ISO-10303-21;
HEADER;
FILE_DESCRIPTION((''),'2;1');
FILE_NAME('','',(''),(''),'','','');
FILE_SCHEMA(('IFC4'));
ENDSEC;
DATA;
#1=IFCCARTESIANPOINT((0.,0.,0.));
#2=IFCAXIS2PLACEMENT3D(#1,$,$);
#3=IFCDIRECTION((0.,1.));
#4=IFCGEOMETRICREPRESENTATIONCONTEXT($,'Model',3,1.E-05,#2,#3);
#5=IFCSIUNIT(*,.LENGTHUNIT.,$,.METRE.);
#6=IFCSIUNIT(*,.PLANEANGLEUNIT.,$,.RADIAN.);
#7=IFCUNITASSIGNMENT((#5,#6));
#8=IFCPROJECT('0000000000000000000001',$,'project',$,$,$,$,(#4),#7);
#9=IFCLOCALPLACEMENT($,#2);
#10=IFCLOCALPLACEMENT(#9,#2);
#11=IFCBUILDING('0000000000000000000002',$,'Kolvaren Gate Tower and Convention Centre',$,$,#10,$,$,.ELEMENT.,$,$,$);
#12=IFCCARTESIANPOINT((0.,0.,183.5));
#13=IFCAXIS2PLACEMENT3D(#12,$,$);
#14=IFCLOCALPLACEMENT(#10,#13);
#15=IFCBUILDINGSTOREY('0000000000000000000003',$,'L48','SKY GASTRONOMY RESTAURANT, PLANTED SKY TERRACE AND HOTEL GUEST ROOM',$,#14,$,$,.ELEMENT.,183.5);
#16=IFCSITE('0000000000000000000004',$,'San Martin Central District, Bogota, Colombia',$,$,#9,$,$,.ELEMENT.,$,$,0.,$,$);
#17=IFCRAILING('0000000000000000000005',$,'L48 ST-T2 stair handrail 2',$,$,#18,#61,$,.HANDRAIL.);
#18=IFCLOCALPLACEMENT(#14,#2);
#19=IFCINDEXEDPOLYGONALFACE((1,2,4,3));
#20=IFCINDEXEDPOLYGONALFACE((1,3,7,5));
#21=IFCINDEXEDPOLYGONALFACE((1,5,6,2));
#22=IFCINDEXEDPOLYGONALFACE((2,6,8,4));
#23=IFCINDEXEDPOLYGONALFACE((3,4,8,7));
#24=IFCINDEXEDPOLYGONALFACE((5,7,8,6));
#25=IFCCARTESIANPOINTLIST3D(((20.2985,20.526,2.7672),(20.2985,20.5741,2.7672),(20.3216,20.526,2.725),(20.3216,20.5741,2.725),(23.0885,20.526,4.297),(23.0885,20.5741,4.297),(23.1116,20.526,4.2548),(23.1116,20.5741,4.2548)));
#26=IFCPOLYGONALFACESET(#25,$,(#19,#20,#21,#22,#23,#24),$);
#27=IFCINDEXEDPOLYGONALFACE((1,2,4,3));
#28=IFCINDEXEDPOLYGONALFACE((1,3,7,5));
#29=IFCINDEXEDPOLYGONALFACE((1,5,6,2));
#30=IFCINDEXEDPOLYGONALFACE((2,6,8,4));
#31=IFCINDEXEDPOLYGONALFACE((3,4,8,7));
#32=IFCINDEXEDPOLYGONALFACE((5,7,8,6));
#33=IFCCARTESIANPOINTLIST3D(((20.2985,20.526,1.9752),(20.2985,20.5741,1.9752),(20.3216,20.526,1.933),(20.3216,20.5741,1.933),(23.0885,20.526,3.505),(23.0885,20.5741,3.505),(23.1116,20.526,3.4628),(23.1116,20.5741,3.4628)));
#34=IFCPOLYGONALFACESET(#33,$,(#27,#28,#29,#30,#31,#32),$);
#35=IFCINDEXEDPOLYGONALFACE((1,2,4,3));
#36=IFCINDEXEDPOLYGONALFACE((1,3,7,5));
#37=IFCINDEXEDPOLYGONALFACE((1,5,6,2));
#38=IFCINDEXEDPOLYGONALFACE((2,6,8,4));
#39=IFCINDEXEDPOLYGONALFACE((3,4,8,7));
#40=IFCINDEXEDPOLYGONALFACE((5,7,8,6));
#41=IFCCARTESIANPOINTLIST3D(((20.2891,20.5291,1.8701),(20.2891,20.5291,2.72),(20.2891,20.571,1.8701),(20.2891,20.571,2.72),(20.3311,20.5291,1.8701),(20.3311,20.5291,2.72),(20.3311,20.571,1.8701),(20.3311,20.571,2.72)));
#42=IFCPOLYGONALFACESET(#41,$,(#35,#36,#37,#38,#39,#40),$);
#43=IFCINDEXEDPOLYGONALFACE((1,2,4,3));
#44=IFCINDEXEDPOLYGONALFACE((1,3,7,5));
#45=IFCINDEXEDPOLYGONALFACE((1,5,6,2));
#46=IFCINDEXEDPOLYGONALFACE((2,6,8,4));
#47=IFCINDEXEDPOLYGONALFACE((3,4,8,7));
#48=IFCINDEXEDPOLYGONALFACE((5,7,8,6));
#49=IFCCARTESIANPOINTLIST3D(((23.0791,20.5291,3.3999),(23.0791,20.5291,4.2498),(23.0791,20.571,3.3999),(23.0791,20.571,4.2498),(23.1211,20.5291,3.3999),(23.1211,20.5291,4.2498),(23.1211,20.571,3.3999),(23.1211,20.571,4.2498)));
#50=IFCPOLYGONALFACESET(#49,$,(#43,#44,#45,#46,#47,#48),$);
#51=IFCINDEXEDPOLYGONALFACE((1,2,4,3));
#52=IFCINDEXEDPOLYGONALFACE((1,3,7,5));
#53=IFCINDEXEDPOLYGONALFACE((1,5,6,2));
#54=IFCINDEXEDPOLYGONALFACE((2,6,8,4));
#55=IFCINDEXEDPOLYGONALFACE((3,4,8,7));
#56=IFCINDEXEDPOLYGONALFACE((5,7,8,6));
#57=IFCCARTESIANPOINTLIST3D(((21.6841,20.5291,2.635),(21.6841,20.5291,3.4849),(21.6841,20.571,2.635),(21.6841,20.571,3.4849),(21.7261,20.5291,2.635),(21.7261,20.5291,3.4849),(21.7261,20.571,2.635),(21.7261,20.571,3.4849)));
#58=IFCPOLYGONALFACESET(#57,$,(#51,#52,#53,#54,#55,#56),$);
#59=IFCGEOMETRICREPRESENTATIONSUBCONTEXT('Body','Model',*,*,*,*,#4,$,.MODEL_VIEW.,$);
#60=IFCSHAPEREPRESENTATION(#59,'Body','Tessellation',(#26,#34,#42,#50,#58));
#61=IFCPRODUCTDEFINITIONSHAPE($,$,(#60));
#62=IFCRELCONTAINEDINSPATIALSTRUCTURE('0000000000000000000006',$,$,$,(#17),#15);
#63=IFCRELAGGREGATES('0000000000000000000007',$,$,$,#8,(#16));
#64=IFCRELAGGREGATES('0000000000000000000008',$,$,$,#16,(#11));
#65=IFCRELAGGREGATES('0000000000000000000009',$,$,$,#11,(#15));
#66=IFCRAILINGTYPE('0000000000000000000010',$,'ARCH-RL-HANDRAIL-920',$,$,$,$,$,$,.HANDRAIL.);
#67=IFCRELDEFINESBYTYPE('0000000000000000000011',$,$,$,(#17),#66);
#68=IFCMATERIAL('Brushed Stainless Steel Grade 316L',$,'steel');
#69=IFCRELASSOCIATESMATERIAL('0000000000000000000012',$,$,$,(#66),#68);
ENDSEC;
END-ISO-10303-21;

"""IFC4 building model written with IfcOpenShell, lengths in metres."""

from ifc_helpers import new_model, si_unit, direction, frame, origin, origin_2d, place, context, subcontext, project, spatial, rectangle, extrude, material, type_object, element, save


model = new_model("IFC4")

# Units and contexts
model_context = context("Model", 3, precision=1e-05, world=origin(), true_north=direction((0.0, 1.0)))
body_context = subcontext(model_context, "Body", "Model", "MODEL_VIEW")
ifc_project = project(units=[si_unit("LENGTHUNIT", "METRE"), si_unit("PLANEANGLEUNIT", "RADIAN")], contexts=[model_context])

# Site, building, storey
site_placement = place(None, origin())
site = spatial("IfcSite", under=ifc_project, at=site_placement, Name="San Martin Central District, Bogota, Colombia", CompositionType="ELEMENT", RefElevation=0.0)
building_placement = place(site_placement, origin())
building = spatial("IfcBuilding", under=site, at=building_placement, Name="Kolvaren Gate Tower and Convention Centre", CompositionType="ELEMENT")
storey_placement = place(building_placement, frame((0.0, 0.0, 183.5)))
storey = spatial("IfcBuildingStorey", under=building, at=storey_placement, Name="L48", Description="SKY GASTRONOMY RESTAURANT, PLANTED SKY TERRACE AND HOTEL GUEST ROOM", CompositionType="ELEMENT", Elevation=183.5)

# Shared definitions
ifc_material_1 = material(Name="Brushed Stainless Steel Grade 316L", Category="steel")

# Railing
railing_type_1 = type_object("IfcRailingType", Name="ARCH-RL-HANDRAIL-920", PredefinedType="HANDRAIL", material=ifc_material_1)
railing_1_placement = place(storey_placement, frame((20.3101, 20.55, 1.8701)))
element("IfcRailing", 1, at=railing_1_placement, inside=storey, type_object=railing_type_1, Name="L48 ST-T2 stair handrail 2", PredefinedType="HANDRAIL", context=body_context, shape_type="SweptSolid", body=[
    extrude(rectangle(XDim=0.0481, YDim=0.0481, at=origin_2d()), frame((0.0, 0.0, 0.876), z_axis=(0.876844, 0.0, 0.480776), x_axis=(0.0, 1.0, 0.0)), (0.0, 0.0, 1.0), 3.1819),
    extrude(rectangle(XDim=0.0481, YDim=0.0481, at=origin_2d()), frame((0.0, 0.0, 0.084), z_axis=(0.876844, 0.0, 0.480776), x_axis=(0.0, 1.0, 0.0)), (0.0, 0.0, 1.0), 3.1819),
    extrude(rectangle(XDim=0.042, YDim=0.042, at=origin_2d()), origin(), (0.0, 0.0, 1.0), 0.8499),
    extrude(rectangle(XDim=0.042, YDim=0.042, at=origin_2d()), frame((2.79, 0.0, 1.5298)), (0.0, 0.0, 1.0), 0.8499),
    extrude(rectangle(XDim=0.042, YDim=0.042, at=origin_2d()), frame((1.395, 0.0, 0.7649)), (0.0, 0.0, 1.0), 0.8499),
])

save(model, "model.ifc")
